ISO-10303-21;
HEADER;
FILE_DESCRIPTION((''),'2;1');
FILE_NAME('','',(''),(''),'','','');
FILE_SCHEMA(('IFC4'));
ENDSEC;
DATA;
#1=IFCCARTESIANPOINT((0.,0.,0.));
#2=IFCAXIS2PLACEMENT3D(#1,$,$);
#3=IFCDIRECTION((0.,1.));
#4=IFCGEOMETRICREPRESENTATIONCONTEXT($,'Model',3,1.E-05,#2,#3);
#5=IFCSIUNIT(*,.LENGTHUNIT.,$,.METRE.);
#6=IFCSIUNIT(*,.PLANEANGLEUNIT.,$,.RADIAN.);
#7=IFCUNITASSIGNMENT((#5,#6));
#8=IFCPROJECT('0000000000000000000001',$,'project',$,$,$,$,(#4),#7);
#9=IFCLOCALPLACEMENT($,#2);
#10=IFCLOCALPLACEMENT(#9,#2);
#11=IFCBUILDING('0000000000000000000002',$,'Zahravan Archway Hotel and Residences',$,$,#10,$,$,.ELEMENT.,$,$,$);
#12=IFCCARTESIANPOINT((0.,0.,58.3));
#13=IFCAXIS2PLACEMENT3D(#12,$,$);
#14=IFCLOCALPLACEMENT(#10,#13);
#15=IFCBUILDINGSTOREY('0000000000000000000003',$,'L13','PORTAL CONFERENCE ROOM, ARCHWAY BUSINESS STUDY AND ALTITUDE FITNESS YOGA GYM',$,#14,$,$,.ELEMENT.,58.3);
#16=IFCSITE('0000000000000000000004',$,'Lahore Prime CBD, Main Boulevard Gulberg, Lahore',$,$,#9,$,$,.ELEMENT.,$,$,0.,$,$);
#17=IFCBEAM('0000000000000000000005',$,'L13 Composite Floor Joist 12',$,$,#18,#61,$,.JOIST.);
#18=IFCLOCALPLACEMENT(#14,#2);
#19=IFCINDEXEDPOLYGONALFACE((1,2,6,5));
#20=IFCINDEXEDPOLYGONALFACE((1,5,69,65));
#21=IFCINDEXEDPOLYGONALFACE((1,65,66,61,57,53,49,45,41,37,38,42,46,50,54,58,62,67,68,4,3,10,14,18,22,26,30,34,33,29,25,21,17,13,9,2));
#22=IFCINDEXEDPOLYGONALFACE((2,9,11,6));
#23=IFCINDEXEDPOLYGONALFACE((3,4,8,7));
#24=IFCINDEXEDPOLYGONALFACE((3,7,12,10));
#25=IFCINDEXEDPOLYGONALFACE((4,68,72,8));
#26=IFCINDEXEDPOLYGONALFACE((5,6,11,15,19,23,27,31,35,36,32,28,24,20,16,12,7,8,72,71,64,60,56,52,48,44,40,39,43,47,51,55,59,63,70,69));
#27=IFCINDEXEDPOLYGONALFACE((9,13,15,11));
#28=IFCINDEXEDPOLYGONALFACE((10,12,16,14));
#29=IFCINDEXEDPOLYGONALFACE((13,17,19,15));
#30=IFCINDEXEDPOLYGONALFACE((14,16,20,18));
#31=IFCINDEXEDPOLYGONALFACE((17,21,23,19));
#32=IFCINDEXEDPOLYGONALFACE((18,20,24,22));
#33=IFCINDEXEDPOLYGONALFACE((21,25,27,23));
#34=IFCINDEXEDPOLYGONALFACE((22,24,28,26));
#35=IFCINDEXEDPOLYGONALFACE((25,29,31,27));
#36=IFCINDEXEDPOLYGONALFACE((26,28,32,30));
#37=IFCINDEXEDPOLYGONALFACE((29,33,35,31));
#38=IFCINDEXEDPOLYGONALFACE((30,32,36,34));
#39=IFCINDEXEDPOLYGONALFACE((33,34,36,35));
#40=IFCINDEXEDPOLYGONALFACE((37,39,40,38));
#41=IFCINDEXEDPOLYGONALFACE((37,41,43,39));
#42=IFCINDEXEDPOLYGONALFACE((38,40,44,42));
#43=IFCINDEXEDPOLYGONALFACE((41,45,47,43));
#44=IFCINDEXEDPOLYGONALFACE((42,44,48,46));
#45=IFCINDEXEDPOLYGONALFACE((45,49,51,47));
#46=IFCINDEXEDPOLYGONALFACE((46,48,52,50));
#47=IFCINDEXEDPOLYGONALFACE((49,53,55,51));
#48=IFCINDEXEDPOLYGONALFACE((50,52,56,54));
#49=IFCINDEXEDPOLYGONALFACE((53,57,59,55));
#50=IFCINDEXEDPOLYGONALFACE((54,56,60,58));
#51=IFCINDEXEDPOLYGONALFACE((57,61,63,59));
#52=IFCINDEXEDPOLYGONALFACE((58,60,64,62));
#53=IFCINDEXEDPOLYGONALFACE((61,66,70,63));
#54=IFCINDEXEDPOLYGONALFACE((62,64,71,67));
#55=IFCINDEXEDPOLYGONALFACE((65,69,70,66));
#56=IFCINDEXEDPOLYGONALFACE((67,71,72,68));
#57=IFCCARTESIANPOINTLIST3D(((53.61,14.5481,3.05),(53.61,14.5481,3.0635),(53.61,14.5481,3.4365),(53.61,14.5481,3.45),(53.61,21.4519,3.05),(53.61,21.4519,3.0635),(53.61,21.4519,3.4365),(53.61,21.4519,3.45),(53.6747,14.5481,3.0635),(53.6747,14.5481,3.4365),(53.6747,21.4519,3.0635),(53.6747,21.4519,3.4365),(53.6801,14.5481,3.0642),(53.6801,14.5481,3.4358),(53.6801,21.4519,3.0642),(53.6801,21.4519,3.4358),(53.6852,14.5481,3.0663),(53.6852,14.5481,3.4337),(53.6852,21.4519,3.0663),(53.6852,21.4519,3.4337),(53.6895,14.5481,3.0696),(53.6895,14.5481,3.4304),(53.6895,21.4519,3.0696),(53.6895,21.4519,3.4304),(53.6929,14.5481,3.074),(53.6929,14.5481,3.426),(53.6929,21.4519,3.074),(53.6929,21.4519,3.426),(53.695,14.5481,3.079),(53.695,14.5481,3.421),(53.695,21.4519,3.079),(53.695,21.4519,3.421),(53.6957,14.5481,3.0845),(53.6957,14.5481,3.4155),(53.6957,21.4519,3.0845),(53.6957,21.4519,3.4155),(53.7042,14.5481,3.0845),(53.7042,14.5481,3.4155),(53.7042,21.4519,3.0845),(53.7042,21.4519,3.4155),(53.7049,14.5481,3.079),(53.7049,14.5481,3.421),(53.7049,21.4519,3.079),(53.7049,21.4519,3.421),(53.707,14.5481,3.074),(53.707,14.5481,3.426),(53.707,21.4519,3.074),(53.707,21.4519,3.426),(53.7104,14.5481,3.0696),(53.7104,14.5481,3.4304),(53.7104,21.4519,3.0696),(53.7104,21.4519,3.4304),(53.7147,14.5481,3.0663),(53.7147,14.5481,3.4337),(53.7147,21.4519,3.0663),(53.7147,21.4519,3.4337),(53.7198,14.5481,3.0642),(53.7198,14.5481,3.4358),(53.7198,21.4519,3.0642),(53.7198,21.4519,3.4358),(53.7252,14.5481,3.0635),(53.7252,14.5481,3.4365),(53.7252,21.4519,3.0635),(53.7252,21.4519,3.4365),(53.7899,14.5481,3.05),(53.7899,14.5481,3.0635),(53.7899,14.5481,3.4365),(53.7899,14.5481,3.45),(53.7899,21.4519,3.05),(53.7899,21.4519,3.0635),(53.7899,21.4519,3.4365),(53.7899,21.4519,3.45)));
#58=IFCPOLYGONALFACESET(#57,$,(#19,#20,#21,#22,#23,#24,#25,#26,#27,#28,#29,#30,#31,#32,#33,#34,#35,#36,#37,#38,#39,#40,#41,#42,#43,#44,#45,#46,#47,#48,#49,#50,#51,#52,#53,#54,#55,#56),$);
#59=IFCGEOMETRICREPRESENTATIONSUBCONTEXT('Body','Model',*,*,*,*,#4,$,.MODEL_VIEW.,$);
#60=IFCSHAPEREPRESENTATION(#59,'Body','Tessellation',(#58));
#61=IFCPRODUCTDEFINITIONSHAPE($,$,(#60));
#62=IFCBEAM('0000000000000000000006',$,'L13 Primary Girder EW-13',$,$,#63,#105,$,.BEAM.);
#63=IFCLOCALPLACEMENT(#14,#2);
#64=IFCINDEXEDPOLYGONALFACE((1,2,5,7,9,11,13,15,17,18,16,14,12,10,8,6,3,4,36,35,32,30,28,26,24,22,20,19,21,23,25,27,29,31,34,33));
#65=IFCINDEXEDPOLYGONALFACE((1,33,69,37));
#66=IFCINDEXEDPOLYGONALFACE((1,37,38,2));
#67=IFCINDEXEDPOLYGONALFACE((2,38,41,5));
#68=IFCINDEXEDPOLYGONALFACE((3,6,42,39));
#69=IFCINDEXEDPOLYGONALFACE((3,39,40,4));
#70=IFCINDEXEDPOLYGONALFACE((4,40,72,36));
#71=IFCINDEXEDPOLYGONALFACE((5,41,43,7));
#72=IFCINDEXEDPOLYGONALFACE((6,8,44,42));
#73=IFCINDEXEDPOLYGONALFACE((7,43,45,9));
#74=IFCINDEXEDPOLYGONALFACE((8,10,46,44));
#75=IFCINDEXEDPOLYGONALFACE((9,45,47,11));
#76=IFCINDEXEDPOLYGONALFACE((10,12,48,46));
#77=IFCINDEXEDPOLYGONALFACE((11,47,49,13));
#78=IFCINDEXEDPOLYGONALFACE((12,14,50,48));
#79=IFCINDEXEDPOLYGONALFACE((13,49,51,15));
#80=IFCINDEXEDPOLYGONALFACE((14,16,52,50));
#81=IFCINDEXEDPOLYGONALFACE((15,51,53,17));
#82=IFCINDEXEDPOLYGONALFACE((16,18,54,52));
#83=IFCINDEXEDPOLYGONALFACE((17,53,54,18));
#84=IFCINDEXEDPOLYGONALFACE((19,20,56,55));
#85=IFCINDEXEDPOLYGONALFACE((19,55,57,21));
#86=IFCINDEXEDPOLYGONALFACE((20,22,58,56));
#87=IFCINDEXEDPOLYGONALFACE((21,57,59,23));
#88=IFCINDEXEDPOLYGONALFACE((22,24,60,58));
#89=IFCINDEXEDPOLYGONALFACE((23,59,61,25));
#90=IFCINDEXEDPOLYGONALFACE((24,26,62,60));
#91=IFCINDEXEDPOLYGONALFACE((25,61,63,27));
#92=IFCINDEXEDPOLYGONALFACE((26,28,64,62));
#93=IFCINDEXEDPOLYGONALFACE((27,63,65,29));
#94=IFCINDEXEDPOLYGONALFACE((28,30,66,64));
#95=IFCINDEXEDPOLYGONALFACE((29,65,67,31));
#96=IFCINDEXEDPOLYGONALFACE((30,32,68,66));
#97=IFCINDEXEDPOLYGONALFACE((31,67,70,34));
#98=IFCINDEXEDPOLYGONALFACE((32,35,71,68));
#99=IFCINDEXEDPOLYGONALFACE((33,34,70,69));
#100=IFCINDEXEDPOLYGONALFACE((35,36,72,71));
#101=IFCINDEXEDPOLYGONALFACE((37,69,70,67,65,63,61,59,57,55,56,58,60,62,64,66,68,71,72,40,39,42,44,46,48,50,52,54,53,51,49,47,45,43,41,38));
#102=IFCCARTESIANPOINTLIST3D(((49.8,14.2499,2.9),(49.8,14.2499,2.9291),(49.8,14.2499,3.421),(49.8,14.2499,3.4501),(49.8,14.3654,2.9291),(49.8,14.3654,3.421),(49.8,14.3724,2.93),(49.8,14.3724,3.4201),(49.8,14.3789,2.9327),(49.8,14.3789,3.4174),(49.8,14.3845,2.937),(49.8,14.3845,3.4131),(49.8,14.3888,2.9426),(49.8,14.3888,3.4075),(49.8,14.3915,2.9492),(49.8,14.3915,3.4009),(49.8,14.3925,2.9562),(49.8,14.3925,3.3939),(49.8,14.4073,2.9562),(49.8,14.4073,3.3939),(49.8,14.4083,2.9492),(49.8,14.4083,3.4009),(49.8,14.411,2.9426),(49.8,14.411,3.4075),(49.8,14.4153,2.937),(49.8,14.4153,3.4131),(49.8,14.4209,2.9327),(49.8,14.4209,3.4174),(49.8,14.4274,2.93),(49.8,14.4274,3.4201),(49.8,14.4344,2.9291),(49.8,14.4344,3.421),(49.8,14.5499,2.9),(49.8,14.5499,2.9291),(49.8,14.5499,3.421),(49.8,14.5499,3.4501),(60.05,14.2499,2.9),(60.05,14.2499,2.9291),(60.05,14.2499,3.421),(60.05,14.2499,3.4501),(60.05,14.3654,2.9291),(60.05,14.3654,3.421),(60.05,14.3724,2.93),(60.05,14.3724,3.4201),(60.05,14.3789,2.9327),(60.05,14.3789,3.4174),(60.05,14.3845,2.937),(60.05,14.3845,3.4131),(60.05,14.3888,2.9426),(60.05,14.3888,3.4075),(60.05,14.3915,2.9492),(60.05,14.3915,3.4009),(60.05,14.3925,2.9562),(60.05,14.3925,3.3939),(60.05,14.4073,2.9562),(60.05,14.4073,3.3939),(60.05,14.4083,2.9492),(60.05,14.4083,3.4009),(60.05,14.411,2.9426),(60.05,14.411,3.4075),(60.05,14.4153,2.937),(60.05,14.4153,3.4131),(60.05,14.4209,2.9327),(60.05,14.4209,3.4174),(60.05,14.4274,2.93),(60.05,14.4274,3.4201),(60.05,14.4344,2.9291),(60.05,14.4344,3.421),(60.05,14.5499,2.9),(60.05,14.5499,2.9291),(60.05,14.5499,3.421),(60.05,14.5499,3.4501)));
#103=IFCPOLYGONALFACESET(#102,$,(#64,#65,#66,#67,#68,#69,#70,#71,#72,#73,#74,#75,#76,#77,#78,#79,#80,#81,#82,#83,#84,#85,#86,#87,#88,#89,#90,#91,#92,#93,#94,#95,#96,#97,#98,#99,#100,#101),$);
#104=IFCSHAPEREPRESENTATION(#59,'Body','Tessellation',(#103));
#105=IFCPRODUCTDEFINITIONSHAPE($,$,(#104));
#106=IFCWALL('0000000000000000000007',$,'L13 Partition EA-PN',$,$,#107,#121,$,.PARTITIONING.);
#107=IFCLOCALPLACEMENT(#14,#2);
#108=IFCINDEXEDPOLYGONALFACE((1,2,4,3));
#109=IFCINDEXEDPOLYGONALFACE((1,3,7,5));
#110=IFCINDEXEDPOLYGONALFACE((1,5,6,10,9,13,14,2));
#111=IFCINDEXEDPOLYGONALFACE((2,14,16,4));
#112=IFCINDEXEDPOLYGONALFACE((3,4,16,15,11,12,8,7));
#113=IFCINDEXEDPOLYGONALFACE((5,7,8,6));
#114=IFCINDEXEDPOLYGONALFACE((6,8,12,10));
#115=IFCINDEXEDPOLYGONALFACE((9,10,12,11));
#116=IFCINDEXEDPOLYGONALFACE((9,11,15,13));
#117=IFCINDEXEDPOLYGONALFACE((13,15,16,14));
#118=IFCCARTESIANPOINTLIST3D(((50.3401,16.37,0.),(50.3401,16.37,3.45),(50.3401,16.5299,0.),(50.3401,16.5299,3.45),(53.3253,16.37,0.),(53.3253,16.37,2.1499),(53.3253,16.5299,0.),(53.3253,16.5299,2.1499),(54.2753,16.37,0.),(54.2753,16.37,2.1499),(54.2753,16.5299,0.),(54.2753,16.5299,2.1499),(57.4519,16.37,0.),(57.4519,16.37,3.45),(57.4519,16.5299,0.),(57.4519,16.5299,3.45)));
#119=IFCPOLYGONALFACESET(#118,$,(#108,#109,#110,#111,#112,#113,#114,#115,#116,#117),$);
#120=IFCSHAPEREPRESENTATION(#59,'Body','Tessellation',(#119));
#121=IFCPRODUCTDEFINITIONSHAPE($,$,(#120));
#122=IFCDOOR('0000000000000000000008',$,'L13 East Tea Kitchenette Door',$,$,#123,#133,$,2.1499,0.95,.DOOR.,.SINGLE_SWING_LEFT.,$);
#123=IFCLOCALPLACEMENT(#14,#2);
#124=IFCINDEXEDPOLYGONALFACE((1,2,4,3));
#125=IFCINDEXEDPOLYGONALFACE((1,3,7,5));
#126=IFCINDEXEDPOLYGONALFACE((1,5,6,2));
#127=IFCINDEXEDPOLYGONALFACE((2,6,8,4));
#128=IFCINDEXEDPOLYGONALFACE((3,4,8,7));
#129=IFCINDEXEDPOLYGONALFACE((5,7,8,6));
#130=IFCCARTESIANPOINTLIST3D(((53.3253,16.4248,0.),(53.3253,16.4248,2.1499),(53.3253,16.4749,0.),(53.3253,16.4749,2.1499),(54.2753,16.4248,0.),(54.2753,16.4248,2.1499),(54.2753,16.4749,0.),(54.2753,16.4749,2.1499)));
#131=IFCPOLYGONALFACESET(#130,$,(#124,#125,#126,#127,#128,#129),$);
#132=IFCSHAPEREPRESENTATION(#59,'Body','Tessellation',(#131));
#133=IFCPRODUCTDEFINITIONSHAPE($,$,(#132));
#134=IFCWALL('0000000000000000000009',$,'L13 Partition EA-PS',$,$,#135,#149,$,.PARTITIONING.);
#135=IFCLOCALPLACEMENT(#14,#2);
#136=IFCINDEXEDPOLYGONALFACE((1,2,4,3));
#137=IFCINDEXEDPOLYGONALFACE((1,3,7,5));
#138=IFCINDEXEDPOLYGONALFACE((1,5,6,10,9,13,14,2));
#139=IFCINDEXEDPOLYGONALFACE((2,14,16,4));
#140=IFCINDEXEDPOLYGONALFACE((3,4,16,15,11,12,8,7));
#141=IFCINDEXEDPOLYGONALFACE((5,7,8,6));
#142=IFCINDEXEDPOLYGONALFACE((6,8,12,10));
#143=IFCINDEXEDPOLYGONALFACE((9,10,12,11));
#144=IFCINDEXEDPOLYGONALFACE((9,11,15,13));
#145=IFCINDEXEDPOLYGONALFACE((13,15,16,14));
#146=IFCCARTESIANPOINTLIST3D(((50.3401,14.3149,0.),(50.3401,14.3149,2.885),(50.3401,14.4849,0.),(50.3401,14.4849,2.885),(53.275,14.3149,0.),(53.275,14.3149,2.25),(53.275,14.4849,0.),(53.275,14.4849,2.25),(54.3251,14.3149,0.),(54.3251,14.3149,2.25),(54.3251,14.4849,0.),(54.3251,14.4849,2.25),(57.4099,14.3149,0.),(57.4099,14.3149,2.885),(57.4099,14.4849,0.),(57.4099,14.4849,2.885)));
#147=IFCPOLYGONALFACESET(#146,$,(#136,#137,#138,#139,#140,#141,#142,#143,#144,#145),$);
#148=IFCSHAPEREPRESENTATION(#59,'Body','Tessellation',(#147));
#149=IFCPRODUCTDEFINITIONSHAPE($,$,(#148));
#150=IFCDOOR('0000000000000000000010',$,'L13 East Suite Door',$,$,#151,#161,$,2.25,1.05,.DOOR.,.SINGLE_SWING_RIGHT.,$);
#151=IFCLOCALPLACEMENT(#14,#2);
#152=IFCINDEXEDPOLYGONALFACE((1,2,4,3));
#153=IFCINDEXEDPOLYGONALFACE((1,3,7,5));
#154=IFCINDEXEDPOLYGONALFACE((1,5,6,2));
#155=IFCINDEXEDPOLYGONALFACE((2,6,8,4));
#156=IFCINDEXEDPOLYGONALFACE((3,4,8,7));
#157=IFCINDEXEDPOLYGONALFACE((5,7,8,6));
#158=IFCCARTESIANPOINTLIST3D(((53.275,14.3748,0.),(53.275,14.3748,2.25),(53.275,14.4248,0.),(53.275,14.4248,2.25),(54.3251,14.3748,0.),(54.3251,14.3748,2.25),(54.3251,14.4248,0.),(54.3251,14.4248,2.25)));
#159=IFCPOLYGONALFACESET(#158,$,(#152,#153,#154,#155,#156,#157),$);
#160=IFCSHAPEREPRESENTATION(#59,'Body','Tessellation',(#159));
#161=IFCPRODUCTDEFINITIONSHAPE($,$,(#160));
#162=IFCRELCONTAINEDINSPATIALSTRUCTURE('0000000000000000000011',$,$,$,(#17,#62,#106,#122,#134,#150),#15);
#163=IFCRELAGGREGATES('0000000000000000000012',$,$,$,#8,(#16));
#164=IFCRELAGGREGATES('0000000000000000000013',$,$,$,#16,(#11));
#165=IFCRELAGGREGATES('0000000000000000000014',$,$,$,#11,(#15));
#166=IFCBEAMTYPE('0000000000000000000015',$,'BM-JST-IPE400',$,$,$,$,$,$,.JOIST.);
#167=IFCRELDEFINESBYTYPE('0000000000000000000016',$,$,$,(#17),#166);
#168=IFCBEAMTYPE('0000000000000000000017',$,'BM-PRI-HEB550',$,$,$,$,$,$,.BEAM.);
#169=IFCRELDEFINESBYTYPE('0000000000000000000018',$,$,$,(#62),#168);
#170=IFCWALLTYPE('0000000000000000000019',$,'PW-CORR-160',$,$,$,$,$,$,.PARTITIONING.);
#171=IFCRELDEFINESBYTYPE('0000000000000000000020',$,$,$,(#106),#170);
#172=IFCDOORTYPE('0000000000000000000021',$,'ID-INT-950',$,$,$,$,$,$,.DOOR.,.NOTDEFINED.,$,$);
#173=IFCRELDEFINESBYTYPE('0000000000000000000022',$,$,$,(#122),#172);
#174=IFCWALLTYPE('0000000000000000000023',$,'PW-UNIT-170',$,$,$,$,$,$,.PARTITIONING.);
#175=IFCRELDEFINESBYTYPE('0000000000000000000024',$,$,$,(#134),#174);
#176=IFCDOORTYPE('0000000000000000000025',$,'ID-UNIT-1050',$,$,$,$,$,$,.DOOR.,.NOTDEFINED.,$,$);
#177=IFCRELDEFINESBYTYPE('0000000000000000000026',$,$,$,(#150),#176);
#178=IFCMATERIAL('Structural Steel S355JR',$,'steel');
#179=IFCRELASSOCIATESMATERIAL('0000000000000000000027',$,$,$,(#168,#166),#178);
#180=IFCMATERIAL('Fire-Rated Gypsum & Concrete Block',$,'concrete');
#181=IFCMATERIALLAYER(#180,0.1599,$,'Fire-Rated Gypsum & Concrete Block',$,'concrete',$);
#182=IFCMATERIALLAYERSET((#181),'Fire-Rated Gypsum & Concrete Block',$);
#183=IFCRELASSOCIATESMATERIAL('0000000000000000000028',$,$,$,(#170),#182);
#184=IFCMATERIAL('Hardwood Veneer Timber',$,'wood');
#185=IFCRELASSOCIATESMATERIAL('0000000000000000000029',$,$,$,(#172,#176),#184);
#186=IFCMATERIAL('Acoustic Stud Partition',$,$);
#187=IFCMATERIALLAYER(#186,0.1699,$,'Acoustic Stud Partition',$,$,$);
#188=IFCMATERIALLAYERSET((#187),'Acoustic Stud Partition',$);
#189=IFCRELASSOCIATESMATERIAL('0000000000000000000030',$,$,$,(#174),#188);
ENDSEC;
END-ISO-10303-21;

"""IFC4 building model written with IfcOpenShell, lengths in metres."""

from ifc_helpers import new_model, si_unit, direction, frame, frame_2d, origin, origin_2d, place, context, subcontext, project, spatial, rectangle, i_section, extrude, source, transform, mapped, material, layer, layer_set, material_profile, profile_set, type_object, type_shapes, element, fill, save


model = new_model("IFC4")

# Units and contexts
model_context = context("Model", 3, precision=1e-05, world=origin(), true_north=direction((0.0, 1.0)))
body_context = subcontext(model_context, "Body", "Model", "MODEL_VIEW")
ifc_project = project(units=[si_unit("LENGTHUNIT", "METRE"), si_unit("PLANEANGLEUNIT", "RADIAN")], contexts=[model_context])

# Site, building, storey
site_placement = place(None, origin())
site = spatial("IfcSite", under=ifc_project, at=site_placement, Name="Lahore Prime CBD, Main Boulevard Gulberg, Lahore", CompositionType="ELEMENT", RefElevation=0.0)
building_placement = place(site_placement, origin())
building = spatial("IfcBuilding", under=site, at=building_placement, Name="Zahravan Archway Hotel and Residences", CompositionType="ELEMENT")
storey_placement = place(building_placement, frame((0.0, 0.0, 58.3)))
storey = spatial("IfcBuildingStorey", under=building, at=storey_placement, Name="L13", Description="PORTAL CONFERENCE ROOM, ARCHWAY BUSINESS STUDY AND ALTITUDE FITNESS YOGA GYM", CompositionType="ELEMENT", Elevation=58.3)

# Beams
ifc_material_1 = material(Name="Structural Steel S355JR", Category="steel")
ifc_material_profile_1 = material_profile(ifc_material_1, i_section(OverallWidth=0.3, OverallDepth=0.55, WebThickness=0.0149, FlangeThickness=0.0291, FilletRadius=0.0271, at=origin_2d()), Name="HEB 550", Category="steel")
ifc_profile_set_1 = profile_set([ifc_material_profile_1], Name="Structural Steel S355JR")
beam_type_1 = type_object("IfcBeamType", Name="BM-PRI-HEB550", PredefinedType="BEAM", material=ifc_profile_set_1)
ifc_material_profile_2 = material_profile(ifc_material_1, i_section(OverallWidth=0.1799, OverallDepth=0.3999, WebThickness=0.0085, FlangeThickness=0.0134, FilletRadius=0.021, at=origin_2d()), Name="IPE 400", Category="steel")
ifc_profile_set_2 = profile_set([ifc_material_profile_2], Name="Structural Steel S355JR")
beam_type_2 = type_object("IfcBeamType", Name="BM-JST-IPE400", PredefinedType="JOIST", material=ifc_profile_set_2)
shared_shape_1 = source(origin(), body_context, "Body", "SweptSolid", [
    extrude(i_section(OverallWidth=0.1799, OverallDepth=0.3999, WebThickness=0.0085, FlangeThickness=0.0134, FilletRadius=0.021, at=origin_2d()), origin(), (0.0, 0.0, 1.0), 6.9038),
])
beam_1_placement = place(storey_placement, frame((53.7, 14.5481, 3.25), z_axis=(0.0, 1.0, 0.0), x_axis=(-1.0, 0.0, 0.0)))
element("IfcBeam", 1, at=beam_1_placement, inside=storey, type_object=beam_type_2, Name="L13 Composite Floor Joist 12", PredefinedType="JOIST", context=body_context, shape_type="MappedRepresentation", body=[
    mapped(shared_shape_1, transform((0.0, 0.0, 0.0), scale=1.0)),
])
shared_shape_2 = source(origin(), body_context, "Body", "SweptSolid", [
    extrude(i_section(OverallWidth=0.3, OverallDepth=0.55, WebThickness=0.0149, FlangeThickness=0.0291, FilletRadius=0.0271, at=origin_2d()), origin(), (0.0, 0.0, 1.0), 10.25),
])
beam_2_placement = place(storey_placement, frame((49.8, 14.3999, 3.175), z_axis=(1.0, 0.0, 0.0), x_axis=(0.0, 1.0, 0.0)))
element("IfcBeam", 2, at=beam_2_placement, inside=storey, type_object=beam_type_1, Name="L13 Primary Girder EW-13", PredefinedType="BEAM", context=body_context, shape_type="MappedRepresentation", body=[
    mapped(shared_shape_2, transform((0.0, 0.0, 0.0), scale=1.0)),
])

# Walls, openings, doors
ifc_material_2 = material(Name="Fire-Rated Gypsum & Concrete Block", Category="concrete")
ifc_layer_1 = layer(ifc_material_2, 0.1599, Name="Fire-Rated Gypsum & Concrete Block", Category="concrete")
ifc_layer_set_1 = layer_set([ifc_layer_1], Name="Fire-Rated Gypsum & Concrete Block")
wall_type_1 = type_object("IfcWallType", Name="PW-CORR-160", PredefinedType="PARTITIONING", material=ifc_layer_set_1)
wall_1_placement = place(storey_placement, frame((50.3401, 16.45, 0.0), z_axis=(0.0, 0.0, 1.0), x_axis=(1.0, 0.0, 0.0)))
wall_1 = element("IfcWall", 3, at=wall_1_placement, inside=storey, type_object=wall_type_1, Name="L13 Partition EA-PN", PredefinedType="PARTITIONING", context=body_context, shape_type="SweptSolid", body=[
    extrude(rectangle(XDim=7.1118, YDim=0.1599, at=frame_2d((3.5559, 0.0))), origin(), (0.0, 0.0, 1.0), 3.45),
])
opening_1_placement = place(wall_1_placement, frame((2.9851, 0.0, 0.0)))
opening_1 = element("IfcOpeningElement", 4, at=opening_1_placement, cuts=wall_1, PredefinedType="OPENING", context=body_context, shape_type="SweptSolid", body=[
    extrude(rectangle(XDim=0.95, YDim=2.1499, at=frame_2d((0.4751, 1.075))), frame((0.0, 0.0898, 0.0), z_axis=(0.0, -1.0, 0.0), x_axis=(1.0, 0.0, 0.0)), (0.0, 0.0, 1.0), 0.1799),
])
ifc_material_3 = material(Name="Hardwood Veneer Timber", Category="wood")
door_type_1 = type_object("IfcDoorType", Name="ID-INT-950", OperationType="NOTDEFINED", PredefinedType="DOOR", material=ifc_material_3)
shared_shape_3 = source(origin(), body_context, "Body", "SweptSolid", [
    extrude(rectangle(XDim=0.95, YDim=2.1499, at=frame_2d((0.4751, 1.075))), frame((0.0, 0.0249, 0.0), z_axis=(0.0, -1.0, 0.0), x_axis=(1.0, 0.0, 0.0)), (0.0, 0.0, 1.0), 0.05),
])
type_shapes(door_type_1, [shared_shape_3])
door_1_placement = place(opening_1_placement, origin())
door_1 = element("IfcDoor", 5, at=door_1_placement, inside=storey, type_object=door_type_1, Name="L13 East Tea Kitchenette Door", OperationType="SINGLE_SWING_LEFT", OverallHeight=2.1499, OverallWidth=0.95, PredefinedType="DOOR", context=body_context, shape_type="MappedRepresentation", body=[
    mapped(shared_shape_3, transform((0.0, 0.0, 0.0), scale=1.0)),
])
fill(opening_1, door_1)
ifc_material_4 = material(Name="Acoustic Stud Partition")
ifc_layer_2 = layer(ifc_material_4, 0.1699, Name="Acoustic Stud Partition")
ifc_layer_set_2 = layer_set([ifc_layer_2], Name="Acoustic Stud Partition")
wall_type_2 = type_object("IfcWallType", Name="PW-UNIT-170", PredefinedType="PARTITIONING", material=ifc_layer_set_2)
wall_2_placement = place(storey_placement, frame((50.3401, 14.3999, 0.0), z_axis=(0.0, 0.0, 1.0), x_axis=(1.0, 0.0, 0.0)))
wall_2 = element("IfcWall", 6, at=wall_2_placement, inside=storey, type_object=wall_type_2, Name="L13 Partition EA-PS", PredefinedType="PARTITIONING", context=body_context, shape_type="SweptSolid", body=[
    extrude(rectangle(XDim=7.0698, YDim=0.1699, at=frame_2d((3.5349, 0.0))), origin(), (0.0, 0.0, 1.0), 2.885),
])
opening_2_placement = place(wall_2_placement, frame((2.9351, 0.0, 0.0)))
opening_2 = element("IfcOpeningElement", 7, at=opening_2_placement, cuts=wall_2, PredefinedType="OPENING", context=body_context, shape_type="SweptSolid", body=[
    extrude(rectangle(XDim=1.05, YDim=2.25, at=frame_2d((0.5249, 1.125))), frame((0.0, 0.095, 0.0), z_axis=(0.0, -1.0, 0.0), x_axis=(1.0, 0.0, 0.0)), (0.0, 0.0, 1.0), 0.1899),
])
door_type_2 = type_object("IfcDoorType", Name="ID-UNIT-1050", OperationType="NOTDEFINED", PredefinedType="DOOR", material=ifc_material_3)
shared_shape_4 = source(origin(), body_context, "Body", "SweptSolid", [
    extrude(rectangle(XDim=1.05, YDim=2.25, at=frame_2d((0.5249, 1.125))), frame((0.0, 0.0249, 0.0), z_axis=(0.0, -1.0, 0.0), x_axis=(1.0, 0.0, 0.0)), (0.0, 0.0, 1.0), 0.05),
])
type_shapes(door_type_2, [shared_shape_4])
door_2_placement = place(opening_2_placement, origin())
door_2 = element("IfcDoor", 8, at=door_2_placement, inside=storey, type_object=door_type_2, Name="L13 East Suite Door", OperationType="SINGLE_SWING_RIGHT", OverallHeight=2.25, OverallWidth=1.05, PredefinedType="DOOR", context=body_context, shape_type="MappedRepresentation", body=[
    mapped(shared_shape_4, transform((0.0, 0.0, 0.0), scale=1.0)),
])
fill(opening_2, door_2)

save(model, "model.ifc")
